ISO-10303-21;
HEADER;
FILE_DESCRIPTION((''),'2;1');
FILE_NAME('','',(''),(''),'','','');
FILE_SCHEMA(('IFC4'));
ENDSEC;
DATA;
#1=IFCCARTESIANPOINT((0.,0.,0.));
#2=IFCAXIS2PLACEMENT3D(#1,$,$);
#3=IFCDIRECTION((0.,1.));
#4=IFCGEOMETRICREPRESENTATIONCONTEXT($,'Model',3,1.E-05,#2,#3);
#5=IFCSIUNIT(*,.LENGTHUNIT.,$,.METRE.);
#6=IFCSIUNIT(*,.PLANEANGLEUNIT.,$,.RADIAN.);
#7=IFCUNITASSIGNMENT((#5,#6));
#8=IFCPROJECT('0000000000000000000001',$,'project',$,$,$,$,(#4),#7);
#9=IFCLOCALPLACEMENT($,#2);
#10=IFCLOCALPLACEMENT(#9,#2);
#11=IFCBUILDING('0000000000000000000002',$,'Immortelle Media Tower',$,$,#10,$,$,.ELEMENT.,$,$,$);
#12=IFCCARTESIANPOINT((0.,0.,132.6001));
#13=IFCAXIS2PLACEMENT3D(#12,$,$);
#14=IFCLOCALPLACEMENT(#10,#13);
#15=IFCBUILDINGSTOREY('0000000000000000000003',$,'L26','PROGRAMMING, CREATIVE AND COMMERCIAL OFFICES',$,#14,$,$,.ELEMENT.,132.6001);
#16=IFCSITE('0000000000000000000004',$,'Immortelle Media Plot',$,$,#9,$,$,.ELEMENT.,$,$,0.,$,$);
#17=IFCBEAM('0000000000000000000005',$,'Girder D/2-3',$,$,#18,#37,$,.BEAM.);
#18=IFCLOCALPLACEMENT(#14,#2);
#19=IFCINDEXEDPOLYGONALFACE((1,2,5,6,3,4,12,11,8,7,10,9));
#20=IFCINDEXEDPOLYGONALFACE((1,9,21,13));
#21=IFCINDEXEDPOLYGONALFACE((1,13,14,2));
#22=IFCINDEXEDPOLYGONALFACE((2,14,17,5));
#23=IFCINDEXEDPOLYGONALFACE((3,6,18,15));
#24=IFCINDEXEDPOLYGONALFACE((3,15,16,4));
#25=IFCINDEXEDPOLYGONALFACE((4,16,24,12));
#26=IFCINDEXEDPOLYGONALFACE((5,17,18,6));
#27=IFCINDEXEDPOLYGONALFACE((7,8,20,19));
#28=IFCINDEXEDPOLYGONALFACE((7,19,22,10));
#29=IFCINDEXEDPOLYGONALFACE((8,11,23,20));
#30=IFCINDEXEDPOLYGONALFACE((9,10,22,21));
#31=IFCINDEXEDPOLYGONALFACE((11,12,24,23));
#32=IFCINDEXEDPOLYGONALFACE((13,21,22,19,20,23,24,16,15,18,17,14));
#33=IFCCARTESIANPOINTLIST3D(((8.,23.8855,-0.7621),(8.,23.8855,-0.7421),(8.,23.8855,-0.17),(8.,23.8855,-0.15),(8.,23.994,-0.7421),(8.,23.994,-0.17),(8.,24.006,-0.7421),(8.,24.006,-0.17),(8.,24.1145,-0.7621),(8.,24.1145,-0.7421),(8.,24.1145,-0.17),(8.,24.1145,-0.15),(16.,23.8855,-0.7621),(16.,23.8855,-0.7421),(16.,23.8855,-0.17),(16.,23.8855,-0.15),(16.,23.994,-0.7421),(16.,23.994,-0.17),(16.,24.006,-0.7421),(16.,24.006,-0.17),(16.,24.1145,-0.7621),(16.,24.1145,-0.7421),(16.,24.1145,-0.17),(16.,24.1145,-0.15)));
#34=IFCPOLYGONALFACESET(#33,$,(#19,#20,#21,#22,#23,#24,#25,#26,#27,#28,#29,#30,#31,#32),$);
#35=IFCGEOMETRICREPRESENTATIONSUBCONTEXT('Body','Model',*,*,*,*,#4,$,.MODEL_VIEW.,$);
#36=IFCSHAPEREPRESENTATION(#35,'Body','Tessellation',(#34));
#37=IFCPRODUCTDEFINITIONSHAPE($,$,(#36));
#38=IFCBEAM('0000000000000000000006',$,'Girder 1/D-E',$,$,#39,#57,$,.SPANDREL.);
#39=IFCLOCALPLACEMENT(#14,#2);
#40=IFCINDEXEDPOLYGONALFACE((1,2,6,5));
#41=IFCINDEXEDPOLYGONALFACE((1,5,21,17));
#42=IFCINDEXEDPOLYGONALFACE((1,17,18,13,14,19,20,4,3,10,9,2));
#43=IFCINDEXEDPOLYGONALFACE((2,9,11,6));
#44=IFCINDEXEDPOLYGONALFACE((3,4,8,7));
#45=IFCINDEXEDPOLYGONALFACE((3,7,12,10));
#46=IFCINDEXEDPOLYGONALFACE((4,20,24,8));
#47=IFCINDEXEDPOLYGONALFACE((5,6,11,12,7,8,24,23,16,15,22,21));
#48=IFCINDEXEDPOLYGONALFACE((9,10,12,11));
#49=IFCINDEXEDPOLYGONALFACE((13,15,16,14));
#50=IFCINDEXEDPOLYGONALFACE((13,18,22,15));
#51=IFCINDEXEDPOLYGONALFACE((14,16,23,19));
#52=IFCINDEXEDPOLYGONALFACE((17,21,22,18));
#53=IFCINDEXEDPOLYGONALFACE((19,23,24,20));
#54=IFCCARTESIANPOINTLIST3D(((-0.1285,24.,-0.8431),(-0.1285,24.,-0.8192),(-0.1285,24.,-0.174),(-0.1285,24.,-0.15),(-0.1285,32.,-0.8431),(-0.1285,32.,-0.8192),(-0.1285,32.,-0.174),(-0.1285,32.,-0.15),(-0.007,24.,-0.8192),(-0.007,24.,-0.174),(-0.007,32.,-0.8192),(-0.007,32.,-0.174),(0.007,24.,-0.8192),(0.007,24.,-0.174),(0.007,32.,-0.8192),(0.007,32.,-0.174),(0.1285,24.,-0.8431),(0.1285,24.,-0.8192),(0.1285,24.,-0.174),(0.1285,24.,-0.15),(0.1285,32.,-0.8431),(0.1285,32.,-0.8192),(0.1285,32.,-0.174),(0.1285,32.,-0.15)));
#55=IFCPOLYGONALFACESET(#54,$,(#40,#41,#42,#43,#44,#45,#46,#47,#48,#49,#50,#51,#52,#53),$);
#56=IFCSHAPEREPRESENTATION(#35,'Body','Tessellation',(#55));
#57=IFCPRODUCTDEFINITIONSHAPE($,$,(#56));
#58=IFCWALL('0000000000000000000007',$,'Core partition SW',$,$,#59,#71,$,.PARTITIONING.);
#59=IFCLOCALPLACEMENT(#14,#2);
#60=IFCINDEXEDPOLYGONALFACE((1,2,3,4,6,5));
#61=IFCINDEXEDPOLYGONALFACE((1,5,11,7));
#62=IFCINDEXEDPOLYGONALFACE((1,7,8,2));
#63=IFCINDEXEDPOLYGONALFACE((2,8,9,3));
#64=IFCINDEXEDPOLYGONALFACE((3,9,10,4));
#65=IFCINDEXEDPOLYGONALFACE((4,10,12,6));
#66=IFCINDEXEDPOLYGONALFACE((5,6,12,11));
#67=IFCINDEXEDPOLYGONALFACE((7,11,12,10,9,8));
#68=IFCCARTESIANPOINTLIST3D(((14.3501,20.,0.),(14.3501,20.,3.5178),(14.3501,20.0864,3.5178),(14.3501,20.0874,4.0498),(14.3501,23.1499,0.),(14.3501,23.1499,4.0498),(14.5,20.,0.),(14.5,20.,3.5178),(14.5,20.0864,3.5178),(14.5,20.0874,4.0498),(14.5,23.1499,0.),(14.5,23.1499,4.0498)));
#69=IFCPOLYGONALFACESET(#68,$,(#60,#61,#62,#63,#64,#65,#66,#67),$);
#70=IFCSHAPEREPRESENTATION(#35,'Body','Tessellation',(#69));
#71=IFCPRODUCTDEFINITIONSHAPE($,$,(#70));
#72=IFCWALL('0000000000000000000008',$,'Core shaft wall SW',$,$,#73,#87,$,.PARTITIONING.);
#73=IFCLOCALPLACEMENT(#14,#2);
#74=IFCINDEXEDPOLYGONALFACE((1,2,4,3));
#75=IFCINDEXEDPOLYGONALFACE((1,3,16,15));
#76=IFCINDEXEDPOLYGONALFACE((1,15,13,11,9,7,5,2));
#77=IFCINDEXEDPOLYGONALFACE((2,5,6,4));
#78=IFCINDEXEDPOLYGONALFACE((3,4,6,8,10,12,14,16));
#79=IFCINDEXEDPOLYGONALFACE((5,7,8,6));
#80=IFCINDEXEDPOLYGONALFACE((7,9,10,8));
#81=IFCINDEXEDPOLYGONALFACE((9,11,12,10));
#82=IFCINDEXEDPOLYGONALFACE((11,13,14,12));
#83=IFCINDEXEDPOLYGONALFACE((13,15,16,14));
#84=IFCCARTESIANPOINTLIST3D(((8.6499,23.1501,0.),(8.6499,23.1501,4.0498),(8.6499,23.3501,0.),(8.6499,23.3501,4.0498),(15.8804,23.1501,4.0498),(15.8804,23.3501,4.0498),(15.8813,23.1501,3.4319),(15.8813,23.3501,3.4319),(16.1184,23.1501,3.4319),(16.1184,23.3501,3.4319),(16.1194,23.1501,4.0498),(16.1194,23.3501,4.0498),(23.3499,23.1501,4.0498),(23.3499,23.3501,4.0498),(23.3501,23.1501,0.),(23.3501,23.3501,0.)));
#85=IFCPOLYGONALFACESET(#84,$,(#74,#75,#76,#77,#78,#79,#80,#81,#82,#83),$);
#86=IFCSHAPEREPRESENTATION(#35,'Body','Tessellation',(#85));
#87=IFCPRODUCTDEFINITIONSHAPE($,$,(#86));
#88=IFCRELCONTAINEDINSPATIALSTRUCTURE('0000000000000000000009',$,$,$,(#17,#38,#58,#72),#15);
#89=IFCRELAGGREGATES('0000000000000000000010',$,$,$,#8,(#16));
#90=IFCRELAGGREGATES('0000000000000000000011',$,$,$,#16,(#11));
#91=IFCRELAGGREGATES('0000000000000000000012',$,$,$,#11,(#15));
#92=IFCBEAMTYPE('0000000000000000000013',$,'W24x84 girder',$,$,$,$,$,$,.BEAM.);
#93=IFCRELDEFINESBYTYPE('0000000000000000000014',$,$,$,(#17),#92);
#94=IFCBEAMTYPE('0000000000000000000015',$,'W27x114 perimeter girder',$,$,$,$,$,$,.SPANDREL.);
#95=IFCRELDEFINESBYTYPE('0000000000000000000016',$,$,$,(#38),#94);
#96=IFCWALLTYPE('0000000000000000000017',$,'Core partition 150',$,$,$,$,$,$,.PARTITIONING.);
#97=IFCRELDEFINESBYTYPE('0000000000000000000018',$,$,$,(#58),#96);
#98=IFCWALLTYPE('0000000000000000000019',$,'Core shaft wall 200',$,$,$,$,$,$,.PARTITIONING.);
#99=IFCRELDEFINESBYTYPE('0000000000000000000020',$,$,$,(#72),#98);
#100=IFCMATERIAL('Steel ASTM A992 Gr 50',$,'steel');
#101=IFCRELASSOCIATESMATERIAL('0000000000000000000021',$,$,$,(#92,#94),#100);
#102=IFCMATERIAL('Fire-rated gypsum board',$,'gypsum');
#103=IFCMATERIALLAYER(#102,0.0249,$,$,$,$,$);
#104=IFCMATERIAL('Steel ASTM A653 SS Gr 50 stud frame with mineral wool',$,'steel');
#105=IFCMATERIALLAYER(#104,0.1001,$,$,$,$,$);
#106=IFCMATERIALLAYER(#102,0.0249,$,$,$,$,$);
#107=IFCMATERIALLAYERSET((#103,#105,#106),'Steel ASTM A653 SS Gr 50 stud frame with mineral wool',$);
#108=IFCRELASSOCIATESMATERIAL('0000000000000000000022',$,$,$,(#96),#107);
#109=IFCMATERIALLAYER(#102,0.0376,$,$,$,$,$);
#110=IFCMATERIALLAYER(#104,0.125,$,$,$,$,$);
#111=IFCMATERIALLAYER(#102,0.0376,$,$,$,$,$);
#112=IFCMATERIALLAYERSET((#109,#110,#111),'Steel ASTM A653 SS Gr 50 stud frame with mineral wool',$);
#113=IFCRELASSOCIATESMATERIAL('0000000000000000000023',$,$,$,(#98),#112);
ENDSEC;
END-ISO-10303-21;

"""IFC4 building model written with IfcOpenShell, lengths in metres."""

from ifc_helpers import new_model, si_unit, direction, frame, origin, origin_2d, place, context, subcontext, project, spatial, polyline, i_section, outline, extrude, material, layer, layer_set, material_profile, profile_set, type_object, element, save


model = new_model("IFC4")

# Units and contexts
model_context = context("Model", 3, precision=1e-05, world=origin(), true_north=direction((0.0, 1.0)))
body_context = subcontext(model_context, "Body", "Model", "MODEL_VIEW")
ifc_project = project(units=[si_unit("LENGTHUNIT", "METRE"), si_unit("PLANEANGLEUNIT", "RADIAN")], contexts=[model_context])

# Site, building, storey
site_placement = place(None, origin())
site = spatial("IfcSite", under=ifc_project, at=site_placement, Name="Immortelle Media Plot", CompositionType="ELEMENT", RefElevation=0.0)
building_placement = place(site_placement, origin())
building = spatial("IfcBuilding", under=site, at=building_placement, Name="Immortelle Media Tower", CompositionType="ELEMENT")
storey_placement = place(building_placement, frame((0.0, 0.0, 132.6001)))
storey = spatial("IfcBuildingStorey", under=building, at=storey_placement, Name="L26", Description="PROGRAMMING, CREATIVE AND COMMERCIAL OFFICES", CompositionType="ELEMENT", Elevation=132.6001)

# Shared definitions
ifc_material_1 = material(Name="Steel ASTM A992 Gr 50", Category="steel")

# Beams
ifc_material_profile_1 = material_profile(ifc_material_1, i_section(OverallWidth=0.229, OverallDepth=0.6121, WebThickness=0.012, FlangeThickness=0.02, at=origin_2d()), Name="W24x84")
ifc_profile_set_1 = profile_set([ifc_material_profile_1], Name="Steel ASTM A992 Gr 50")
beam_type_1 = type_object("IfcBeamType", Name="W24x84 girder", PredefinedType="BEAM", material=ifc_profile_set_1)
for number, where, z_axis, x_axis, name in (
    (1, (8.0, 24.0, -0.4561), (1.0, 0.0, 0.0), (0.0, 1.0, 0.0), "Girder D/2-3"),
):
    element("IfcBeam", number, at=place(storey_placement, frame(where, z_axis=z_axis, x_axis=x_axis)), inside=storey, type_object=beam_type_1, Name=name, PredefinedType="BEAM", context=body_context, shape_type="SweptSolid", body=[
        extrude(i_section(OverallWidth=0.229, OverallDepth=0.6121, WebThickness=0.012, FlangeThickness=0.02, at=origin_2d()), origin(), (0.0, 0.0, 1.0), 8.0),
    ])
ifc_material_profile_2 = material_profile(ifc_material_1, i_section(OverallWidth=0.2571, OverallDepth=0.6931, WebThickness=0.0139, FlangeThickness=0.0239, at=origin_2d()), Name="W27x114")
ifc_profile_set_2 = profile_set([ifc_material_profile_2], Name="Steel ASTM A992 Gr 50")
beam_type_2 = type_object("IfcBeamType", Name="W27x114 perimeter girder", PredefinedType="SPANDREL", material=ifc_profile_set_2)
beam_1_placement = place(storey_placement, frame((0.0, 24.0, -0.4966), z_axis=(0.0, 1.0, 0.0), x_axis=(-1.0, 0.0, 0.0)))
element("IfcBeam", 2, at=beam_1_placement, inside=storey, type_object=beam_type_2, Name="Girder 1/D-E", PredefinedType="SPANDREL", context=body_context, shape_type="SweptSolid", body=[
    extrude(i_section(OverallWidth=0.2571, OverallDepth=0.6931, WebThickness=0.0139, FlangeThickness=0.0239, at=origin_2d()), origin(), (0.0, 0.0, 1.0), 8.0),
])

# Walls
ifc_material_2 = material(Name="Fire-rated gypsum board", Category="gypsum")
ifc_layer_1 = layer(ifc_material_2, 0.0249)
ifc_material_3 = material(Name="Steel ASTM A653 SS Gr 50 stud frame with mineral wool", Category="steel")
ifc_layer_2 = layer(ifc_material_3, 0.1001)
ifc_layer_3 = layer(ifc_material_2, 0.0249)
ifc_layer_set_1 = layer_set([ifc_layer_1, ifc_layer_2, ifc_layer_3], Name="Steel ASTM A653 SS Gr 50 stud frame with mineral wool")
wall_type_1 = type_object("IfcWallType", Name="Core partition 150", PredefinedType="PARTITIONING", material=ifc_layer_set_1)
wall_1_placement = place(storey_placement, frame((14.425, 20.0, 0.0), z_axis=(0.0, 0.0, 1.0), x_axis=(0.0, 1.0, 0.0)))
element("IfcWall", 3, at=wall_1_placement, inside=storey, type_object=wall_type_1, Name="Core partition SW", PredefinedType="PARTITIONING", context=body_context, shape_type="SweptSolid", body=[
    extrude(outline(polyline([(0.0, 0.0), (3.1499, 0.0), (3.1499, 4.0498), (0.0874, 4.0498), (0.0864, 3.5178), (0.0, 3.5178), (0.0, 0.0)])), frame((0.0, 0.075, 0.0), z_axis=(0.0, -1.0, 0.0), x_axis=(1.0, 0.0, 0.0)), (0.0, 0.0, 1.0), 0.1499),
])
ifc_layer_4 = layer(ifc_material_2, 0.0376)
ifc_layer_5 = layer(ifc_material_3, 0.125)
ifc_layer_6 = layer(ifc_material_2, 0.0376)
ifc_layer_set_2 = layer_set([ifc_layer_4, ifc_layer_5, ifc_layer_6], Name="Steel ASTM A653 SS Gr 50 stud frame with mineral wool")
wall_type_2 = type_object("IfcWallType", Name="Core shaft wall 200", PredefinedType="PARTITIONING", material=ifc_layer_set_2)
wall_2_placement = place(storey_placement, frame((8.6499, 23.25, 0.0), z_axis=(0.0, 0.0, 1.0), x_axis=(1.0, 0.0, 0.0)))
element("IfcWall", 4, at=wall_2_placement, inside=storey, type_object=wall_type_2, Name="Core shaft wall SW", PredefinedType="PARTITIONING", context=body_context, shape_type="SweptSolid", body=[
    extrude(outline(polyline([(0.0, 0.0), (14.7002, 0.0), (14.7, 4.0498), (7.4695, 4.0498), (7.4685, 3.4319), (7.2314, 3.4319), (7.2305, 4.0498), (0.0, 4.0498), (0.0, 0.0)])), frame((0.0, 0.1001, 0.0), z_axis=(0.0, -1.0, 0.0), x_axis=(1.0, 0.0, 0.0)), (0.0, 0.0, 1.0), 0.2),
])

save(model, "model.ifc")
